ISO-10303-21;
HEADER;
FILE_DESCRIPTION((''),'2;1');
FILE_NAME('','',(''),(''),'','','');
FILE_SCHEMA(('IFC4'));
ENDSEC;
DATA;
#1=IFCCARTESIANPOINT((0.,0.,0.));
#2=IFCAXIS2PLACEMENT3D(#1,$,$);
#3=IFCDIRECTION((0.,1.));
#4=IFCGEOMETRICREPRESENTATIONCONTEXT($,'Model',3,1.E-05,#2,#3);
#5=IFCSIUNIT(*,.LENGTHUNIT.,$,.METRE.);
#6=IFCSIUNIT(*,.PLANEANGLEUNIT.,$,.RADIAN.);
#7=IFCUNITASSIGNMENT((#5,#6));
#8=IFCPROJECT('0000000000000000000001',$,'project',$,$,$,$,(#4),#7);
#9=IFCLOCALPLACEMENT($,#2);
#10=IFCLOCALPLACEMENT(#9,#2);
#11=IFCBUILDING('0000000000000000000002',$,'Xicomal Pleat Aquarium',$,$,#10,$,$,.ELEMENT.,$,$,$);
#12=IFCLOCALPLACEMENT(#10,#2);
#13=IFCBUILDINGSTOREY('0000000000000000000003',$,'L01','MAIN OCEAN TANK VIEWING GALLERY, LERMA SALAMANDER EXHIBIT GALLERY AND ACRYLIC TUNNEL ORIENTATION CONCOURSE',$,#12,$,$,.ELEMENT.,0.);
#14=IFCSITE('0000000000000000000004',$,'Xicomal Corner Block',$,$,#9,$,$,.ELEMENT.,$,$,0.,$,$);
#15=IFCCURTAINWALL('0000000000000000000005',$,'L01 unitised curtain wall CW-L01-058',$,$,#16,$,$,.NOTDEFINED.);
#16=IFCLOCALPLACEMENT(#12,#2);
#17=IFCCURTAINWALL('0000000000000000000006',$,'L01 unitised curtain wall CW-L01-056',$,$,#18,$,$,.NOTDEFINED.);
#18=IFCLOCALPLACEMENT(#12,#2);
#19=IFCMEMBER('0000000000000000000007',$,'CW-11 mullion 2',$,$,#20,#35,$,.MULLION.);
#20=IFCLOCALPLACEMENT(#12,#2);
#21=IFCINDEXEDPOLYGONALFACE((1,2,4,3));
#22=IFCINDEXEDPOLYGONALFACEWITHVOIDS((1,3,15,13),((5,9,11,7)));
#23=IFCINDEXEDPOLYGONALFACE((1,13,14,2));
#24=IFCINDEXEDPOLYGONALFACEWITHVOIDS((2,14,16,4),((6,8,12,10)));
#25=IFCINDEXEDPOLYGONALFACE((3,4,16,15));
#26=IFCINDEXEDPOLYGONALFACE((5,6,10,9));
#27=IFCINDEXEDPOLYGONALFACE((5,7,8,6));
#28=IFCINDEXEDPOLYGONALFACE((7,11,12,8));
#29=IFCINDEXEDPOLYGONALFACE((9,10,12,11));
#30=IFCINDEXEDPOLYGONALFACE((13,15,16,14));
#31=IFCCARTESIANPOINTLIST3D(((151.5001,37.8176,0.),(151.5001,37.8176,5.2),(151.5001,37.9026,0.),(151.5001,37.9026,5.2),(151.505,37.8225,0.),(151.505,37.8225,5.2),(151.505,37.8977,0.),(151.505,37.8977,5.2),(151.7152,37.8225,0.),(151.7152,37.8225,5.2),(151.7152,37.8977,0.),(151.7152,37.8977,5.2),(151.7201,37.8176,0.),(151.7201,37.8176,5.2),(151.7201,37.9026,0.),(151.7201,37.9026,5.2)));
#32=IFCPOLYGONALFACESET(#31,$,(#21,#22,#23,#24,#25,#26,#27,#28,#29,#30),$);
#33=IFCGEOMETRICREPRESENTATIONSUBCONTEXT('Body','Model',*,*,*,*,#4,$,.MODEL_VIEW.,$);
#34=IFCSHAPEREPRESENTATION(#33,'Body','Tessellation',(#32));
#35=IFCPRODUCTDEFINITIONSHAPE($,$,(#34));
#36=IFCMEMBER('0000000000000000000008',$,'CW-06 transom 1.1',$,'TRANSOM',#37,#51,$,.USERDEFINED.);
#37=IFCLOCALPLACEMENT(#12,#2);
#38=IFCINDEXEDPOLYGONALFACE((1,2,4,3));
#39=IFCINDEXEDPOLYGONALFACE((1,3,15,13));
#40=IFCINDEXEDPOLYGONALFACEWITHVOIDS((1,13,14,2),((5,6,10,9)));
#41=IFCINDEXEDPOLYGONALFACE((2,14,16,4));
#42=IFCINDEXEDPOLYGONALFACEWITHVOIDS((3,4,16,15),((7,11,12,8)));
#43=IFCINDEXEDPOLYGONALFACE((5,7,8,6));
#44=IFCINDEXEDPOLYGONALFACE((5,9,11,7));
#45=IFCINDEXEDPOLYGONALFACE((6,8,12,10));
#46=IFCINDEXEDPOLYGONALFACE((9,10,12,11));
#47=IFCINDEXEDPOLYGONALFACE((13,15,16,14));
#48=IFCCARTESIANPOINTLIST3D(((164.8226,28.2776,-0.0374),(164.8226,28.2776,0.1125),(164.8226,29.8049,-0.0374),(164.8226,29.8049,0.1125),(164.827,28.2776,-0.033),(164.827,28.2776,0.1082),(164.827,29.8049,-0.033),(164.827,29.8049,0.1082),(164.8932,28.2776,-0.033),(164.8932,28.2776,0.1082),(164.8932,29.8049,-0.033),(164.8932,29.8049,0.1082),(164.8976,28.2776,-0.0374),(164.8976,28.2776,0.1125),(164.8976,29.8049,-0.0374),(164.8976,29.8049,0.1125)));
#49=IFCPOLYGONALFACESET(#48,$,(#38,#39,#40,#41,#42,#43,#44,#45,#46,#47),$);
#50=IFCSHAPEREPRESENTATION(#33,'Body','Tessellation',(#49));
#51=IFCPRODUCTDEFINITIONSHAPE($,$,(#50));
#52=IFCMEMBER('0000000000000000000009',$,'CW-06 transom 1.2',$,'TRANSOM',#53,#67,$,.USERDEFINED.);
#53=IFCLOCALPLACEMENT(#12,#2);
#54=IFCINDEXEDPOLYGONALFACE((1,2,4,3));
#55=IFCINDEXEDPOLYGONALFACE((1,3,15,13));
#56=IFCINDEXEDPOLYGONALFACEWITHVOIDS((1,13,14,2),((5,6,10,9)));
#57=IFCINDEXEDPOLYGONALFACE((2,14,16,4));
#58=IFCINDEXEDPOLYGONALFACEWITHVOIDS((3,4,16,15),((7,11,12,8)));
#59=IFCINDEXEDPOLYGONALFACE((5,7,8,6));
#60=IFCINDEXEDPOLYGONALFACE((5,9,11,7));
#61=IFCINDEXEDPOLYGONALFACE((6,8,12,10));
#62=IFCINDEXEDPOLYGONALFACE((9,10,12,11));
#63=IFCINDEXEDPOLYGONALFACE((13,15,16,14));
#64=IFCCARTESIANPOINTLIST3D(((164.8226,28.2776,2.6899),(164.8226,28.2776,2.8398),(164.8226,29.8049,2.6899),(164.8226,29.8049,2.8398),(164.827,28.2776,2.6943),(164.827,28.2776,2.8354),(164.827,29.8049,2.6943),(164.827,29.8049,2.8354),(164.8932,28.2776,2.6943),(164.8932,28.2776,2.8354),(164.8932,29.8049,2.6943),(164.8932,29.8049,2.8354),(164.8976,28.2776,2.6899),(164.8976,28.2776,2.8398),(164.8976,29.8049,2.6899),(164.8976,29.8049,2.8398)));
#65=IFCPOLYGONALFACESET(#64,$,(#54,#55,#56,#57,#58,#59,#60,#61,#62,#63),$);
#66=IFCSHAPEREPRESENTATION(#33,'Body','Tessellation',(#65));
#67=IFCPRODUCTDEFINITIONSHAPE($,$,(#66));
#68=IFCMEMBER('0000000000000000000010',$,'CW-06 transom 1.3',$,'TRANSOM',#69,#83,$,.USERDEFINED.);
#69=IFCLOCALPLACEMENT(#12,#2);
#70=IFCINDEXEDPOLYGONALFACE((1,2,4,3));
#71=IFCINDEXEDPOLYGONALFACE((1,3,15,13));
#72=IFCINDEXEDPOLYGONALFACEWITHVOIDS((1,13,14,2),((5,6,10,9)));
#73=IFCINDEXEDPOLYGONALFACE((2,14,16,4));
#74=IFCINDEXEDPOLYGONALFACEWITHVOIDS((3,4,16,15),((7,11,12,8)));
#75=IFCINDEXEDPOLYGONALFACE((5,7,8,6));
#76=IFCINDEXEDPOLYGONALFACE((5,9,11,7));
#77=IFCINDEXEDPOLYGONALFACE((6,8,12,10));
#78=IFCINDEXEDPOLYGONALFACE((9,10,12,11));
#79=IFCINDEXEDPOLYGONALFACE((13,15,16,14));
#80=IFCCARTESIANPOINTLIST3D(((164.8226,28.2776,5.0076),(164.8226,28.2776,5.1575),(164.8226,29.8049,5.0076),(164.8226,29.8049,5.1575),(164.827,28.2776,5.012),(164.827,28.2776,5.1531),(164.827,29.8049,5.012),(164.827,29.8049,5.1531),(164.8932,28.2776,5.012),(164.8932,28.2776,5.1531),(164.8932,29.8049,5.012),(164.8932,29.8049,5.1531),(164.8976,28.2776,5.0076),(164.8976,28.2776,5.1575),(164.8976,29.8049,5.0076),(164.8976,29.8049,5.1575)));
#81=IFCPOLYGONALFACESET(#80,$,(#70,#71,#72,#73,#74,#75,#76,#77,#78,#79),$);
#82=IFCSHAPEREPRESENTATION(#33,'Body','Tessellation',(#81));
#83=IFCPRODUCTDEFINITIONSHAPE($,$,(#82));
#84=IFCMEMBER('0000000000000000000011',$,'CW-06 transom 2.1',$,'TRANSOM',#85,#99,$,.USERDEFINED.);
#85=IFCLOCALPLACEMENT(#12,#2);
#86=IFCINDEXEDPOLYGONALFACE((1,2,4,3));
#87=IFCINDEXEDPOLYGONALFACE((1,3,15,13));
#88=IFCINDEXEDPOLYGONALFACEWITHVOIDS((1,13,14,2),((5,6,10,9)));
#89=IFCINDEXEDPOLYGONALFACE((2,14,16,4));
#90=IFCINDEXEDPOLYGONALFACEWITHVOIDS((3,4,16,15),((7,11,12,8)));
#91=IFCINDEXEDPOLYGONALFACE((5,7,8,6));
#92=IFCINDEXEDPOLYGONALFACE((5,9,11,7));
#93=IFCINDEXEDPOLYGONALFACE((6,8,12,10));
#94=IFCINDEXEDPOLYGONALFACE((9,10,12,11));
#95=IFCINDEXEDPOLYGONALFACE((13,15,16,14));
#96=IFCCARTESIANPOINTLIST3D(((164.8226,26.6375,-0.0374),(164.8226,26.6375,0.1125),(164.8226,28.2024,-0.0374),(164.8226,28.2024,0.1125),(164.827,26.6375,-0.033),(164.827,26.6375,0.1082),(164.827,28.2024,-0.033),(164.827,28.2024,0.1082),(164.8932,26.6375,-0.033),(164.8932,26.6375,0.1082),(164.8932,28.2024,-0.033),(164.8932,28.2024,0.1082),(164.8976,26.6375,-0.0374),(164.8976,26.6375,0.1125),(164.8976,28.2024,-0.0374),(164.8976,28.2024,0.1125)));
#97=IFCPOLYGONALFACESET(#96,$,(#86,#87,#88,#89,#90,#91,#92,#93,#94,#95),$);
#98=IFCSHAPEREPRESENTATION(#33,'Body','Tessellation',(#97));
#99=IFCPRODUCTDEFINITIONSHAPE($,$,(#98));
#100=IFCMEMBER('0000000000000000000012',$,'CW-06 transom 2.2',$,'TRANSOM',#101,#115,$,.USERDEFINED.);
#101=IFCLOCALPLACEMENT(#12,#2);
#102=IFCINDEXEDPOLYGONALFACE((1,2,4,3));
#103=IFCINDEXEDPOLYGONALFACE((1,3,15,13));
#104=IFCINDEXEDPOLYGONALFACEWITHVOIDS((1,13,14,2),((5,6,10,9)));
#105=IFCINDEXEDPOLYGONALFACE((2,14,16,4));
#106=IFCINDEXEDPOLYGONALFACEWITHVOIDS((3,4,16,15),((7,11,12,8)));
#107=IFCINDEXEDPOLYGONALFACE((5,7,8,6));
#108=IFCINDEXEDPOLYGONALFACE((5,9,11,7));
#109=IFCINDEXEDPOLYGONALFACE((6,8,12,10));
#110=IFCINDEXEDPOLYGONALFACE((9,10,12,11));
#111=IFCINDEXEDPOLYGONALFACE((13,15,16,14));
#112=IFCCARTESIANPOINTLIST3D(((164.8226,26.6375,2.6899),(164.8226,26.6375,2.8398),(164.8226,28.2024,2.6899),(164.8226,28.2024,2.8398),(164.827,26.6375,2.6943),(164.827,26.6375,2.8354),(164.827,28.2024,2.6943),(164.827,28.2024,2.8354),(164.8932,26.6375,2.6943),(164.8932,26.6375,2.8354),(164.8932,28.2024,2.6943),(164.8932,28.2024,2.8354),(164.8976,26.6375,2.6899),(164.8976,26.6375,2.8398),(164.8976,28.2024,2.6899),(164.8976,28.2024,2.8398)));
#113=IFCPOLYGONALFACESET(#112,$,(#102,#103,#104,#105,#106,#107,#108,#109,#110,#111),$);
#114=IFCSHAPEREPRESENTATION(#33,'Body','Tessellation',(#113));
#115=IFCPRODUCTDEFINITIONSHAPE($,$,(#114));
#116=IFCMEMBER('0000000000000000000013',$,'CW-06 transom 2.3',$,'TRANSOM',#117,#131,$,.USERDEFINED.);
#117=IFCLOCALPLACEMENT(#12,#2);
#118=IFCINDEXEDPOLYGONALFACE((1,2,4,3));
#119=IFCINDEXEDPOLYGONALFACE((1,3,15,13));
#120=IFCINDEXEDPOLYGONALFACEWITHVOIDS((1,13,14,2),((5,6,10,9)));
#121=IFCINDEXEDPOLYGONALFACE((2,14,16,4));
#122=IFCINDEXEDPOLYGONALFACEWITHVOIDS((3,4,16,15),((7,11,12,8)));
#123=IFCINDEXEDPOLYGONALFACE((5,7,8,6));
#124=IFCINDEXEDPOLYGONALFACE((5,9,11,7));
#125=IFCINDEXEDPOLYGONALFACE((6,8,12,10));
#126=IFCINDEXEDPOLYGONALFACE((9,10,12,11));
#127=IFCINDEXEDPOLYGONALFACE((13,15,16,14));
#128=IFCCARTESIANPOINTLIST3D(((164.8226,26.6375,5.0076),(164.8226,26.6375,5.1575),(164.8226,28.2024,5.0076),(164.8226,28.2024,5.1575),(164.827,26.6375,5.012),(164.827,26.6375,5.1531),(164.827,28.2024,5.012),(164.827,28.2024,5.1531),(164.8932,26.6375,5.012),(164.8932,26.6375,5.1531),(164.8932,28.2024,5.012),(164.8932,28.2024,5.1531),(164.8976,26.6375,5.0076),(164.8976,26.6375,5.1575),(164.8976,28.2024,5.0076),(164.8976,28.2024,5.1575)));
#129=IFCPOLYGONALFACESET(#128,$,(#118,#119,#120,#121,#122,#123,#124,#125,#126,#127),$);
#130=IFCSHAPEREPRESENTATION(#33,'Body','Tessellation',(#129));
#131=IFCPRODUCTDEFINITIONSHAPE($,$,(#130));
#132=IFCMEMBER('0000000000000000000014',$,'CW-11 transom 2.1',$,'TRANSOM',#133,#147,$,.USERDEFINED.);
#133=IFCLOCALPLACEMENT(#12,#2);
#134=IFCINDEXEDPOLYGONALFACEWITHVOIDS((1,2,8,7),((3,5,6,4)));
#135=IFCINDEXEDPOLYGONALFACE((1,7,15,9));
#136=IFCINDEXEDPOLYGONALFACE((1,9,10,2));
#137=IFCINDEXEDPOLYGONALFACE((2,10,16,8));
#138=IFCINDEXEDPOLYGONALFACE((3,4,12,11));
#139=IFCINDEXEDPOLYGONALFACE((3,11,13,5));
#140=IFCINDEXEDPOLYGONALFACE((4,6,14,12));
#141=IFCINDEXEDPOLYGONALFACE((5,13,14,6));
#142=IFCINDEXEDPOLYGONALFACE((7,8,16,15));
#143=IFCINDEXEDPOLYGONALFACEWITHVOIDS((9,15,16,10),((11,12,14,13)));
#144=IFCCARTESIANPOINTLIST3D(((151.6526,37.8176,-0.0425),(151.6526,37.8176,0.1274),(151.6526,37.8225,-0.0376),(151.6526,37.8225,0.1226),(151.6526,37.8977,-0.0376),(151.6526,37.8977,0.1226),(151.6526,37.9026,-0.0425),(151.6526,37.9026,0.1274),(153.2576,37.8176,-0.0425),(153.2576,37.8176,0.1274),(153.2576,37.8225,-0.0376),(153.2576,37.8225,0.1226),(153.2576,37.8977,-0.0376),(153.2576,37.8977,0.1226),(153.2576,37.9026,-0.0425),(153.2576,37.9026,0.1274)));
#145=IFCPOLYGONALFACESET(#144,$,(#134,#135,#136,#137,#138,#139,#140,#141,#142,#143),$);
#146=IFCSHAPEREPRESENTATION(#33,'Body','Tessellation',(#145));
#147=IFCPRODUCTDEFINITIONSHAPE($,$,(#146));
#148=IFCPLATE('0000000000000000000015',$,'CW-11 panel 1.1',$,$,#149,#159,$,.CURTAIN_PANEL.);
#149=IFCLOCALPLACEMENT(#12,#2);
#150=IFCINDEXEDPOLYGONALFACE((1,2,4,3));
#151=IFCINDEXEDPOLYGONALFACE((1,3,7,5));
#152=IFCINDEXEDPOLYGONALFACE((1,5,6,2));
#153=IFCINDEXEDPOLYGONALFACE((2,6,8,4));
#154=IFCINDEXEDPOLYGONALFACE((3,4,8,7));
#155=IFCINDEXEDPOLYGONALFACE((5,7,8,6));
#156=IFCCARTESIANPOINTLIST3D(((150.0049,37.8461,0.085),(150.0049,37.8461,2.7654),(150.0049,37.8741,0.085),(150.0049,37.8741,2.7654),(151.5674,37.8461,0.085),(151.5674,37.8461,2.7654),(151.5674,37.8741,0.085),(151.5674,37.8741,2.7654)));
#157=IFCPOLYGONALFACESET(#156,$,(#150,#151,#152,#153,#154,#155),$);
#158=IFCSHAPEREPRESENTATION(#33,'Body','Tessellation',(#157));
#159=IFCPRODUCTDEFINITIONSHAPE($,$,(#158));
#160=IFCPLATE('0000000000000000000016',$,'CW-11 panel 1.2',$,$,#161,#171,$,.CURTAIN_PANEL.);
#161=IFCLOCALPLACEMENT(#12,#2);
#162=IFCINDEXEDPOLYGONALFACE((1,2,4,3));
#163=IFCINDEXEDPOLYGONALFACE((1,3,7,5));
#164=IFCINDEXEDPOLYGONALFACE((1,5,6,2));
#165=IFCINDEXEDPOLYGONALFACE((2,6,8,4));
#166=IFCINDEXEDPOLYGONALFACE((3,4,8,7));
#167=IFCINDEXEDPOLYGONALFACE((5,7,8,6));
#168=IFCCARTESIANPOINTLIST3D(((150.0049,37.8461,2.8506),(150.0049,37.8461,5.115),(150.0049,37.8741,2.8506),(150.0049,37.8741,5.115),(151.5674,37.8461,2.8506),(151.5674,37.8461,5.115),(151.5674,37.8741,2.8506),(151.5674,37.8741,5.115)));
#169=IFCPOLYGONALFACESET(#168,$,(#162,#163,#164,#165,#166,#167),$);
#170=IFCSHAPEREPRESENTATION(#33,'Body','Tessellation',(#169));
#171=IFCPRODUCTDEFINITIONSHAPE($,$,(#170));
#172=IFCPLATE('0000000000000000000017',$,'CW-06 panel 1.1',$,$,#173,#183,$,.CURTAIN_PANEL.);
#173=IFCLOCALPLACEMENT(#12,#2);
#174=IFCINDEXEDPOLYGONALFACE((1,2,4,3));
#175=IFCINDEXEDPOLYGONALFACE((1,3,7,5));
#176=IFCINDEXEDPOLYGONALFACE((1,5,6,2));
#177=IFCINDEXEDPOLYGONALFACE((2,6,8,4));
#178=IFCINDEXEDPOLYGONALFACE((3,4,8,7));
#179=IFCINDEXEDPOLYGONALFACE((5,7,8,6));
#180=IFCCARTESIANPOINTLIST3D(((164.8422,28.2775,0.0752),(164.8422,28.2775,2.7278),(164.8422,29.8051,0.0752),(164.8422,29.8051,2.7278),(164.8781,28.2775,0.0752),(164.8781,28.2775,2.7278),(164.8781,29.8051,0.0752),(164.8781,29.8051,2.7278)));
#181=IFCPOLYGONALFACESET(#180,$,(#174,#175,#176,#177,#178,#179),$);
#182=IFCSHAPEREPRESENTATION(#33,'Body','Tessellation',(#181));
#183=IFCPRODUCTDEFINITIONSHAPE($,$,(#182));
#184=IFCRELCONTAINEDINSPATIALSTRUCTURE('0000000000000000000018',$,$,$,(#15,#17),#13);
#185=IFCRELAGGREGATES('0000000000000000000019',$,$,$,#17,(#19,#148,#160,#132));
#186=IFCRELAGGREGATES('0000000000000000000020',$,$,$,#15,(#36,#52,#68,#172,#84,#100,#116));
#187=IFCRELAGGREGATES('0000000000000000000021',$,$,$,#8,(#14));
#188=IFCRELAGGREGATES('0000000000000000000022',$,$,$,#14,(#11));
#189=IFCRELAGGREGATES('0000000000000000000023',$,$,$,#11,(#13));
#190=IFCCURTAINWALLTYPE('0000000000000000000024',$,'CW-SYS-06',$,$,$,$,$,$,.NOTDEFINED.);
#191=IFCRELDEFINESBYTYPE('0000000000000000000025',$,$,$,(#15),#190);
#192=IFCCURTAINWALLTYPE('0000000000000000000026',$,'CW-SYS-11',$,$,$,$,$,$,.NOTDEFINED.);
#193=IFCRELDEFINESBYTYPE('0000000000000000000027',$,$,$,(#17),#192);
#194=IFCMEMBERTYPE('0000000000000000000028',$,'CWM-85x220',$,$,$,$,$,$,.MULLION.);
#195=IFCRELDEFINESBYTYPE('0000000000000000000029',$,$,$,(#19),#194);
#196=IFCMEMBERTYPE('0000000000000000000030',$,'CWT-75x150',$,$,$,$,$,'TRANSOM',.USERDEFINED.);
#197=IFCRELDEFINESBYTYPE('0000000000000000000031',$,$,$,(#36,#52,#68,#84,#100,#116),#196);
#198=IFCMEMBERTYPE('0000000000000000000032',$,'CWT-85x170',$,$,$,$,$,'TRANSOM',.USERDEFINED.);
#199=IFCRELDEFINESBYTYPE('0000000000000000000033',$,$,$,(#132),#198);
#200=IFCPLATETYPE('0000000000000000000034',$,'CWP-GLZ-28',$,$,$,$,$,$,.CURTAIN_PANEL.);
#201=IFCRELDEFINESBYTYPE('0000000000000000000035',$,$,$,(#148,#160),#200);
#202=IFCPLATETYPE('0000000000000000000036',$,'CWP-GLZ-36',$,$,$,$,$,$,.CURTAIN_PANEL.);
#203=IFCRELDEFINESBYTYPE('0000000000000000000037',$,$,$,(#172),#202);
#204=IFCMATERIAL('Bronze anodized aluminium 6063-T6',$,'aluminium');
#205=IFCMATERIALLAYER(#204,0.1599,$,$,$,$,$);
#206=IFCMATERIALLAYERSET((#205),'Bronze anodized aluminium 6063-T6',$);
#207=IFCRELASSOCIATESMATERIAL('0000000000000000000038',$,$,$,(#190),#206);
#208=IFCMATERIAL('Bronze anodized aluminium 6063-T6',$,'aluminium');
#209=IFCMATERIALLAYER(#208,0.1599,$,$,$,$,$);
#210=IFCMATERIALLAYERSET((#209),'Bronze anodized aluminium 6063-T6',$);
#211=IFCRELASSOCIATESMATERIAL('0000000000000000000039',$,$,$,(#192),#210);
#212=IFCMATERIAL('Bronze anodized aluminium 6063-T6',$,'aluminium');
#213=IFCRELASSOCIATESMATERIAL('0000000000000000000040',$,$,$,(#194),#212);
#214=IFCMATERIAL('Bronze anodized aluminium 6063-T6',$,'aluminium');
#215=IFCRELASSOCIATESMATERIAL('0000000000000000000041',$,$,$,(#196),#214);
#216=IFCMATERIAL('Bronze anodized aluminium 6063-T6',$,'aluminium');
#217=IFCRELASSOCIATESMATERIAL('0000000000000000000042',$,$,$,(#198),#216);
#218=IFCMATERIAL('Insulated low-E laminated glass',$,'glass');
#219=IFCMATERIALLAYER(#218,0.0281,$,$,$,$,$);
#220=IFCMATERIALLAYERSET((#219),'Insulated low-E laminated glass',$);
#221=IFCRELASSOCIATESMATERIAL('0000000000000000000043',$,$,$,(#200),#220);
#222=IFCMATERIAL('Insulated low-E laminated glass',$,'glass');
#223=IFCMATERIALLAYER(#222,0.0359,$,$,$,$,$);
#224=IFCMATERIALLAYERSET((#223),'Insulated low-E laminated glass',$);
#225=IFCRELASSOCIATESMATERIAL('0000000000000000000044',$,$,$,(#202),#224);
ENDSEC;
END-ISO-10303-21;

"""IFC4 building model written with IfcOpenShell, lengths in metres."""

from ifc_helpers import new_model, si_unit, direction, frame, origin, origin_2d, place, context, subcontext, project, spatial, rectangle, hollow_rectangle, extrude, material, layer, layer_set, material_profile, profile_set, type_object, element, aggregate, save


model = new_model("IFC4")

# Units and contexts
model_context = context("Model", 3, precision=1e-05, world=origin(), true_north=direction((0.0, 1.0)))
body_context = subcontext(model_context, "Body", "Model", "MODEL_VIEW")
ifc_project = project(units=[si_unit("LENGTHUNIT", "METRE"), si_unit("PLANEANGLEUNIT", "RADIAN")], contexts=[model_context])

# Site, building, storey
site_placement = place(None, origin())
site = spatial("IfcSite", under=ifc_project, at=site_placement, Name="Xicomal Corner Block", CompositionType="ELEMENT", RefElevation=0.0)
building_placement = place(site_placement, origin())
building = spatial("IfcBuilding", under=site, at=building_placement, Name="Xicomal Pleat Aquarium", CompositionType="ELEMENT")
storey_placement = place(building_placement, origin())
storey = spatial("IfcBuildingStorey", under=building, at=storey_placement, Name="L01", Description="MAIN OCEAN TANK VIEWING GALLERY, LERMA SALAMANDER EXHIBIT GALLERY AND ACRYLIC TUNNEL ORIENTATION CONCOURSE", CompositionType="ELEMENT", Elevation=0.0)

# Curtain wall
ifc_material_1 = material(Name="Bronze anodized aluminium 6063-T6", Category="aluminium")
ifc_layer_1 = layer(ifc_material_1, 0.1599)
ifc_layer_set_1 = layer_set([ifc_layer_1], Name="Bronze anodized aluminium 6063-T6")
curtain_wall_type_1 = type_object("IfcCurtainWallType", Name="CW-SYS-06", PredefinedType="NOTDEFINED", material=ifc_layer_set_1)
curtain_wall_1_placement = place(storey_placement, origin())
curtain_wall_1 = element("IfcCurtainWall", 1, at=curtain_wall_1_placement, inside=storey, type_object=curtain_wall_type_1, Name="L01 unitised curtain wall CW-L01-058", PredefinedType="NOTDEFINED")

# Curtain wall, member
ifc_material_2 = material(Name="Bronze anodized aluminium 6063-T6", Category="aluminium")
ifc_layer_2 = layer(ifc_material_2, 0.1599)
ifc_layer_set_2 = layer_set([ifc_layer_2], Name="Bronze anodized aluminium 6063-T6")
curtain_wall_type_2 = type_object("IfcCurtainWallType", Name="CW-SYS-11", PredefinedType="NOTDEFINED", material=ifc_layer_set_2)
curtain_wall_2_placement = place(storey_placement, origin())
curtain_wall_2 = element("IfcCurtainWall", 2, at=curtain_wall_2_placement, inside=storey, type_object=curtain_wall_type_2, Name="L01 unitised curtain wall CW-L01-056", PredefinedType="NOTDEFINED")
ifc_material_3 = material(Name="Bronze anodized aluminium 6063-T6", Category="aluminium")
ifc_material_profile_1 = material_profile(ifc_material_3, hollow_rectangle(XDim=0.085, YDim=0.22, WallThickness=0.0049, at=origin_2d()), Name="ALU MULL 85x220")
ifc_profile_set_1 = profile_set([ifc_material_profile_1], Name="Bronze anodized aluminium 6063-T6")
member_type_1 = type_object("IfcMemberType", Name="CWM-85x220", PredefinedType="MULLION", material=ifc_profile_set_1)
member_1_placement = place(storey_placement, frame((151.6101, 37.8601, 0.0), z_axis=(0.0, 0.0, 1.0), x_axis=(0.0, 1.0, 0.0)))
member_1 = element("IfcMember", 3, at=member_1_placement, type_object=member_type_1, Name="CW-11 mullion 2", PredefinedType="MULLION", context=body_context, shape_type="SweptSolid", body=[
    extrude(hollow_rectangle(XDim=0.085, YDim=0.22, WallThickness=0.0049, at=origin_2d()), origin(), (0.0, 0.0, 1.0), 5.2),
])

# Members
ifc_material_4 = material(Name="Bronze anodized aluminium 6063-T6", Category="aluminium")
ifc_material_profile_2 = material_profile(ifc_material_4, hollow_rectangle(XDim=0.075, YDim=0.1499, WallThickness=0.0044, at=origin_2d()), Name="ALU TRAN 75x150")
ifc_profile_set_2 = profile_set([ifc_material_profile_2], Name="Bronze anodized aluminium 6063-T6")
member_type_2 = type_object("IfcMemberType", Name="CWT-75x150", ElementType="TRANSOM", PredefinedType="USERDEFINED", material=ifc_profile_set_2)
member_2_placement = place(storey_placement, frame((164.8601, 29.8049, 0.0376), z_axis=(0.0, -1.0, 0.0), x_axis=(1.0, 0.0, 0.0)))
member_2 = element("IfcMember", 4, at=member_2_placement, type_object=member_type_2, Name="CW-06 transom 1.1", ObjectType="TRANSOM", PredefinedType="USERDEFINED", context=body_context, shape_type="SweptSolid", body=[
    extrude(hollow_rectangle(XDim=0.075, YDim=0.1499, WallThickness=0.0044, at=origin_2d()), origin(), (0.0, 0.0, 1.0), 1.5273),
])
member_3_placement = place(storey_placement, frame((164.8601, 29.8049, 2.7649), z_axis=(0.0, -1.0, 0.0), x_axis=(1.0, 0.0, 0.0)))
member_3 = element("IfcMember", 5, at=member_3_placement, type_object=member_type_2, Name="CW-06 transom 1.2", ObjectType="TRANSOM", PredefinedType="USERDEFINED", context=body_context, shape_type="SweptSolid", body=[
    extrude(hollow_rectangle(XDim=0.075, YDim=0.1499, WallThickness=0.0044, at=origin_2d()), origin(), (0.0, 0.0, 1.0), 1.5273),
])
member_4_placement = place(storey_placement, frame((164.8601, 29.8049, 5.0825), z_axis=(0.0, -1.0, 0.0), x_axis=(1.0, 0.0, 0.0)))
member_4 = element("IfcMember", 6, at=member_4_placement, type_object=member_type_2, Name="CW-06 transom 1.3", ObjectType="TRANSOM", PredefinedType="USERDEFINED", context=body_context, shape_type="SweptSolid", body=[
    extrude(hollow_rectangle(XDim=0.075, YDim=0.1499, WallThickness=0.0044, at=origin_2d()), origin(), (0.0, 0.0, 1.0), 1.5273),
])
member_5_placement = place(storey_placement, frame((164.8601, 28.2024, 0.0376), z_axis=(0.0, -1.0, 0.0), x_axis=(1.0, 0.0, 0.0)))
member_5 = element("IfcMember", 7, at=member_5_placement, type_object=member_type_2, Name="CW-06 transom 2.1", ObjectType="TRANSOM", PredefinedType="USERDEFINED", context=body_context, shape_type="SweptSolid", body=[
    extrude(hollow_rectangle(XDim=0.075, YDim=0.1499, WallThickness=0.0044, at=origin_2d()), origin(), (0.0, 0.0, 1.0), 1.5649),
])
member_6_placement = place(storey_placement, frame((164.8601, 28.2024, 2.7649), z_axis=(0.0, -1.0, 0.0), x_axis=(1.0, 0.0, 0.0)))
member_6 = element("IfcMember", 8, at=member_6_placement, type_object=member_type_2, Name="CW-06 transom 2.2", ObjectType="TRANSOM", PredefinedType="USERDEFINED", context=body_context, shape_type="SweptSolid", body=[
    extrude(hollow_rectangle(XDim=0.075, YDim=0.1499, WallThickness=0.0044, at=origin_2d()), origin(), (0.0, 0.0, 1.0), 1.5649),
])
member_7_placement = place(storey_placement, frame((164.8601, 28.2024, 5.0825), z_axis=(0.0, -1.0, 0.0), x_axis=(1.0, 0.0, 0.0)))
member_7 = element("IfcMember", 9, at=member_7_placement, type_object=member_type_2, Name="CW-06 transom 2.3", ObjectType="TRANSOM", PredefinedType="USERDEFINED", context=body_context, shape_type="SweptSolid", body=[
    extrude(hollow_rectangle(XDim=0.075, YDim=0.1499, WallThickness=0.0044, at=origin_2d()), origin(), (0.0, 0.0, 1.0), 1.5649),
])
ifc_material_5 = material(Name="Bronze anodized aluminium 6063-T6", Category="aluminium")
ifc_material_profile_3 = material_profile(ifc_material_5, hollow_rectangle(XDim=0.085, YDim=0.1699, WallThickness=0.0049, at=origin_2d()), Name="ALU TRAN 85x170")
ifc_profile_set_3 = profile_set([ifc_material_profile_3], Name="Bronze anodized aluminium 6063-T6")
member_type_3 = type_object("IfcMemberType", Name="CWT-85x170", ElementType="TRANSOM", PredefinedType="USERDEFINED", material=ifc_profile_set_3)
member_8_placement = place(storey_placement, frame((151.6526, 37.8601, 0.0425), z_axis=(1.0, 0.0, 0.0), x_axis=(0.0, 1.0, 0.0)))
member_8 = element("IfcMember", 10, at=member_8_placement, type_object=member_type_3, Name="CW-11 transom 2.1", ObjectType="TRANSOM", PredefinedType="USERDEFINED", context=body_context, shape_type="SweptSolid", body=[
    extrude(hollow_rectangle(XDim=0.085, YDim=0.1699, WallThickness=0.0049, at=origin_2d()), origin(), (0.0, 0.0, 1.0), 1.605),
])

# Plates
ifc_material_6 = material(Name="Insulated low-E laminated glass", Category="glass")
ifc_layer_3 = layer(ifc_material_6, 0.0281)
ifc_layer_set_3 = layer_set([ifc_layer_3], Name="Insulated low-E laminated glass")
plate_type_1 = type_object("IfcPlateType", Name="CWP-GLZ-28", PredefinedType="CURTAIN_PANEL", material=ifc_layer_set_3)
plate_1_placement = place(storey_placement, frame((150.7861, 37.8601, 0.085), z_axis=(0.0, 0.0, 1.0), x_axis=(1.0, 0.0, 0.0)))
plate_1 = element("IfcPlate", 11, at=plate_1_placement, type_object=plate_type_1, Name="CW-11 panel 1.1", PredefinedType="CURTAIN_PANEL", context=body_context, shape_type="SweptSolid", body=[
    extrude(rectangle(XDim=1.5625, YDim=0.0281, at=origin_2d()), origin(), (0.0, 0.0, 1.0), 2.6804),
])
plate_2_placement = place(storey_placement, frame((150.7861, 37.8601, 2.8506), z_axis=(0.0, 0.0, 1.0), x_axis=(1.0, 0.0, 0.0)))
plate_2 = element("IfcPlate", 12, at=plate_2_placement, type_object=plate_type_1, Name="CW-11 panel 1.2", PredefinedType="CURTAIN_PANEL", context=body_context, shape_type="SweptSolid", body=[
    extrude(rectangle(XDim=1.5625, YDim=0.0281, at=origin_2d()), origin(), (0.0, 0.0, 1.0), 2.2644),
])
aggregate(curtain_wall_2, [member_1, plate_1, plate_2, member_8])
ifc_material_7 = material(Name="Insulated low-E laminated glass", Category="glass")
ifc_layer_4 = layer(ifc_material_7, 0.0359)
ifc_layer_set_4 = layer_set([ifc_layer_4], Name="Insulated low-E laminated glass")
plate_type_2 = type_object("IfcPlateType", Name="CWP-GLZ-36", PredefinedType="CURTAIN_PANEL", material=ifc_layer_set_4)
plate_3_placement = place(storey_placement, frame((164.8601, 29.0413, 0.0752), z_axis=(0.0, 0.0, 1.0), x_axis=(0.0, -1.0, 0.0)))
plate_3 = element("IfcPlate", 13, at=plate_3_placement, type_object=plate_type_2, Name="CW-06 panel 1.1", PredefinedType="CURTAIN_PANEL", context=body_context, shape_type="SweptSolid", body=[
    extrude(rectangle(XDim=1.5276, YDim=0.0359, at=origin_2d()), origin(), (0.0, 0.0, 1.0), 2.6526),
])
aggregate(curtain_wall_1, [member_2, member_3, member_4, plate_3, member_5, member_6, member_7])

save(model, "model.ifc")
